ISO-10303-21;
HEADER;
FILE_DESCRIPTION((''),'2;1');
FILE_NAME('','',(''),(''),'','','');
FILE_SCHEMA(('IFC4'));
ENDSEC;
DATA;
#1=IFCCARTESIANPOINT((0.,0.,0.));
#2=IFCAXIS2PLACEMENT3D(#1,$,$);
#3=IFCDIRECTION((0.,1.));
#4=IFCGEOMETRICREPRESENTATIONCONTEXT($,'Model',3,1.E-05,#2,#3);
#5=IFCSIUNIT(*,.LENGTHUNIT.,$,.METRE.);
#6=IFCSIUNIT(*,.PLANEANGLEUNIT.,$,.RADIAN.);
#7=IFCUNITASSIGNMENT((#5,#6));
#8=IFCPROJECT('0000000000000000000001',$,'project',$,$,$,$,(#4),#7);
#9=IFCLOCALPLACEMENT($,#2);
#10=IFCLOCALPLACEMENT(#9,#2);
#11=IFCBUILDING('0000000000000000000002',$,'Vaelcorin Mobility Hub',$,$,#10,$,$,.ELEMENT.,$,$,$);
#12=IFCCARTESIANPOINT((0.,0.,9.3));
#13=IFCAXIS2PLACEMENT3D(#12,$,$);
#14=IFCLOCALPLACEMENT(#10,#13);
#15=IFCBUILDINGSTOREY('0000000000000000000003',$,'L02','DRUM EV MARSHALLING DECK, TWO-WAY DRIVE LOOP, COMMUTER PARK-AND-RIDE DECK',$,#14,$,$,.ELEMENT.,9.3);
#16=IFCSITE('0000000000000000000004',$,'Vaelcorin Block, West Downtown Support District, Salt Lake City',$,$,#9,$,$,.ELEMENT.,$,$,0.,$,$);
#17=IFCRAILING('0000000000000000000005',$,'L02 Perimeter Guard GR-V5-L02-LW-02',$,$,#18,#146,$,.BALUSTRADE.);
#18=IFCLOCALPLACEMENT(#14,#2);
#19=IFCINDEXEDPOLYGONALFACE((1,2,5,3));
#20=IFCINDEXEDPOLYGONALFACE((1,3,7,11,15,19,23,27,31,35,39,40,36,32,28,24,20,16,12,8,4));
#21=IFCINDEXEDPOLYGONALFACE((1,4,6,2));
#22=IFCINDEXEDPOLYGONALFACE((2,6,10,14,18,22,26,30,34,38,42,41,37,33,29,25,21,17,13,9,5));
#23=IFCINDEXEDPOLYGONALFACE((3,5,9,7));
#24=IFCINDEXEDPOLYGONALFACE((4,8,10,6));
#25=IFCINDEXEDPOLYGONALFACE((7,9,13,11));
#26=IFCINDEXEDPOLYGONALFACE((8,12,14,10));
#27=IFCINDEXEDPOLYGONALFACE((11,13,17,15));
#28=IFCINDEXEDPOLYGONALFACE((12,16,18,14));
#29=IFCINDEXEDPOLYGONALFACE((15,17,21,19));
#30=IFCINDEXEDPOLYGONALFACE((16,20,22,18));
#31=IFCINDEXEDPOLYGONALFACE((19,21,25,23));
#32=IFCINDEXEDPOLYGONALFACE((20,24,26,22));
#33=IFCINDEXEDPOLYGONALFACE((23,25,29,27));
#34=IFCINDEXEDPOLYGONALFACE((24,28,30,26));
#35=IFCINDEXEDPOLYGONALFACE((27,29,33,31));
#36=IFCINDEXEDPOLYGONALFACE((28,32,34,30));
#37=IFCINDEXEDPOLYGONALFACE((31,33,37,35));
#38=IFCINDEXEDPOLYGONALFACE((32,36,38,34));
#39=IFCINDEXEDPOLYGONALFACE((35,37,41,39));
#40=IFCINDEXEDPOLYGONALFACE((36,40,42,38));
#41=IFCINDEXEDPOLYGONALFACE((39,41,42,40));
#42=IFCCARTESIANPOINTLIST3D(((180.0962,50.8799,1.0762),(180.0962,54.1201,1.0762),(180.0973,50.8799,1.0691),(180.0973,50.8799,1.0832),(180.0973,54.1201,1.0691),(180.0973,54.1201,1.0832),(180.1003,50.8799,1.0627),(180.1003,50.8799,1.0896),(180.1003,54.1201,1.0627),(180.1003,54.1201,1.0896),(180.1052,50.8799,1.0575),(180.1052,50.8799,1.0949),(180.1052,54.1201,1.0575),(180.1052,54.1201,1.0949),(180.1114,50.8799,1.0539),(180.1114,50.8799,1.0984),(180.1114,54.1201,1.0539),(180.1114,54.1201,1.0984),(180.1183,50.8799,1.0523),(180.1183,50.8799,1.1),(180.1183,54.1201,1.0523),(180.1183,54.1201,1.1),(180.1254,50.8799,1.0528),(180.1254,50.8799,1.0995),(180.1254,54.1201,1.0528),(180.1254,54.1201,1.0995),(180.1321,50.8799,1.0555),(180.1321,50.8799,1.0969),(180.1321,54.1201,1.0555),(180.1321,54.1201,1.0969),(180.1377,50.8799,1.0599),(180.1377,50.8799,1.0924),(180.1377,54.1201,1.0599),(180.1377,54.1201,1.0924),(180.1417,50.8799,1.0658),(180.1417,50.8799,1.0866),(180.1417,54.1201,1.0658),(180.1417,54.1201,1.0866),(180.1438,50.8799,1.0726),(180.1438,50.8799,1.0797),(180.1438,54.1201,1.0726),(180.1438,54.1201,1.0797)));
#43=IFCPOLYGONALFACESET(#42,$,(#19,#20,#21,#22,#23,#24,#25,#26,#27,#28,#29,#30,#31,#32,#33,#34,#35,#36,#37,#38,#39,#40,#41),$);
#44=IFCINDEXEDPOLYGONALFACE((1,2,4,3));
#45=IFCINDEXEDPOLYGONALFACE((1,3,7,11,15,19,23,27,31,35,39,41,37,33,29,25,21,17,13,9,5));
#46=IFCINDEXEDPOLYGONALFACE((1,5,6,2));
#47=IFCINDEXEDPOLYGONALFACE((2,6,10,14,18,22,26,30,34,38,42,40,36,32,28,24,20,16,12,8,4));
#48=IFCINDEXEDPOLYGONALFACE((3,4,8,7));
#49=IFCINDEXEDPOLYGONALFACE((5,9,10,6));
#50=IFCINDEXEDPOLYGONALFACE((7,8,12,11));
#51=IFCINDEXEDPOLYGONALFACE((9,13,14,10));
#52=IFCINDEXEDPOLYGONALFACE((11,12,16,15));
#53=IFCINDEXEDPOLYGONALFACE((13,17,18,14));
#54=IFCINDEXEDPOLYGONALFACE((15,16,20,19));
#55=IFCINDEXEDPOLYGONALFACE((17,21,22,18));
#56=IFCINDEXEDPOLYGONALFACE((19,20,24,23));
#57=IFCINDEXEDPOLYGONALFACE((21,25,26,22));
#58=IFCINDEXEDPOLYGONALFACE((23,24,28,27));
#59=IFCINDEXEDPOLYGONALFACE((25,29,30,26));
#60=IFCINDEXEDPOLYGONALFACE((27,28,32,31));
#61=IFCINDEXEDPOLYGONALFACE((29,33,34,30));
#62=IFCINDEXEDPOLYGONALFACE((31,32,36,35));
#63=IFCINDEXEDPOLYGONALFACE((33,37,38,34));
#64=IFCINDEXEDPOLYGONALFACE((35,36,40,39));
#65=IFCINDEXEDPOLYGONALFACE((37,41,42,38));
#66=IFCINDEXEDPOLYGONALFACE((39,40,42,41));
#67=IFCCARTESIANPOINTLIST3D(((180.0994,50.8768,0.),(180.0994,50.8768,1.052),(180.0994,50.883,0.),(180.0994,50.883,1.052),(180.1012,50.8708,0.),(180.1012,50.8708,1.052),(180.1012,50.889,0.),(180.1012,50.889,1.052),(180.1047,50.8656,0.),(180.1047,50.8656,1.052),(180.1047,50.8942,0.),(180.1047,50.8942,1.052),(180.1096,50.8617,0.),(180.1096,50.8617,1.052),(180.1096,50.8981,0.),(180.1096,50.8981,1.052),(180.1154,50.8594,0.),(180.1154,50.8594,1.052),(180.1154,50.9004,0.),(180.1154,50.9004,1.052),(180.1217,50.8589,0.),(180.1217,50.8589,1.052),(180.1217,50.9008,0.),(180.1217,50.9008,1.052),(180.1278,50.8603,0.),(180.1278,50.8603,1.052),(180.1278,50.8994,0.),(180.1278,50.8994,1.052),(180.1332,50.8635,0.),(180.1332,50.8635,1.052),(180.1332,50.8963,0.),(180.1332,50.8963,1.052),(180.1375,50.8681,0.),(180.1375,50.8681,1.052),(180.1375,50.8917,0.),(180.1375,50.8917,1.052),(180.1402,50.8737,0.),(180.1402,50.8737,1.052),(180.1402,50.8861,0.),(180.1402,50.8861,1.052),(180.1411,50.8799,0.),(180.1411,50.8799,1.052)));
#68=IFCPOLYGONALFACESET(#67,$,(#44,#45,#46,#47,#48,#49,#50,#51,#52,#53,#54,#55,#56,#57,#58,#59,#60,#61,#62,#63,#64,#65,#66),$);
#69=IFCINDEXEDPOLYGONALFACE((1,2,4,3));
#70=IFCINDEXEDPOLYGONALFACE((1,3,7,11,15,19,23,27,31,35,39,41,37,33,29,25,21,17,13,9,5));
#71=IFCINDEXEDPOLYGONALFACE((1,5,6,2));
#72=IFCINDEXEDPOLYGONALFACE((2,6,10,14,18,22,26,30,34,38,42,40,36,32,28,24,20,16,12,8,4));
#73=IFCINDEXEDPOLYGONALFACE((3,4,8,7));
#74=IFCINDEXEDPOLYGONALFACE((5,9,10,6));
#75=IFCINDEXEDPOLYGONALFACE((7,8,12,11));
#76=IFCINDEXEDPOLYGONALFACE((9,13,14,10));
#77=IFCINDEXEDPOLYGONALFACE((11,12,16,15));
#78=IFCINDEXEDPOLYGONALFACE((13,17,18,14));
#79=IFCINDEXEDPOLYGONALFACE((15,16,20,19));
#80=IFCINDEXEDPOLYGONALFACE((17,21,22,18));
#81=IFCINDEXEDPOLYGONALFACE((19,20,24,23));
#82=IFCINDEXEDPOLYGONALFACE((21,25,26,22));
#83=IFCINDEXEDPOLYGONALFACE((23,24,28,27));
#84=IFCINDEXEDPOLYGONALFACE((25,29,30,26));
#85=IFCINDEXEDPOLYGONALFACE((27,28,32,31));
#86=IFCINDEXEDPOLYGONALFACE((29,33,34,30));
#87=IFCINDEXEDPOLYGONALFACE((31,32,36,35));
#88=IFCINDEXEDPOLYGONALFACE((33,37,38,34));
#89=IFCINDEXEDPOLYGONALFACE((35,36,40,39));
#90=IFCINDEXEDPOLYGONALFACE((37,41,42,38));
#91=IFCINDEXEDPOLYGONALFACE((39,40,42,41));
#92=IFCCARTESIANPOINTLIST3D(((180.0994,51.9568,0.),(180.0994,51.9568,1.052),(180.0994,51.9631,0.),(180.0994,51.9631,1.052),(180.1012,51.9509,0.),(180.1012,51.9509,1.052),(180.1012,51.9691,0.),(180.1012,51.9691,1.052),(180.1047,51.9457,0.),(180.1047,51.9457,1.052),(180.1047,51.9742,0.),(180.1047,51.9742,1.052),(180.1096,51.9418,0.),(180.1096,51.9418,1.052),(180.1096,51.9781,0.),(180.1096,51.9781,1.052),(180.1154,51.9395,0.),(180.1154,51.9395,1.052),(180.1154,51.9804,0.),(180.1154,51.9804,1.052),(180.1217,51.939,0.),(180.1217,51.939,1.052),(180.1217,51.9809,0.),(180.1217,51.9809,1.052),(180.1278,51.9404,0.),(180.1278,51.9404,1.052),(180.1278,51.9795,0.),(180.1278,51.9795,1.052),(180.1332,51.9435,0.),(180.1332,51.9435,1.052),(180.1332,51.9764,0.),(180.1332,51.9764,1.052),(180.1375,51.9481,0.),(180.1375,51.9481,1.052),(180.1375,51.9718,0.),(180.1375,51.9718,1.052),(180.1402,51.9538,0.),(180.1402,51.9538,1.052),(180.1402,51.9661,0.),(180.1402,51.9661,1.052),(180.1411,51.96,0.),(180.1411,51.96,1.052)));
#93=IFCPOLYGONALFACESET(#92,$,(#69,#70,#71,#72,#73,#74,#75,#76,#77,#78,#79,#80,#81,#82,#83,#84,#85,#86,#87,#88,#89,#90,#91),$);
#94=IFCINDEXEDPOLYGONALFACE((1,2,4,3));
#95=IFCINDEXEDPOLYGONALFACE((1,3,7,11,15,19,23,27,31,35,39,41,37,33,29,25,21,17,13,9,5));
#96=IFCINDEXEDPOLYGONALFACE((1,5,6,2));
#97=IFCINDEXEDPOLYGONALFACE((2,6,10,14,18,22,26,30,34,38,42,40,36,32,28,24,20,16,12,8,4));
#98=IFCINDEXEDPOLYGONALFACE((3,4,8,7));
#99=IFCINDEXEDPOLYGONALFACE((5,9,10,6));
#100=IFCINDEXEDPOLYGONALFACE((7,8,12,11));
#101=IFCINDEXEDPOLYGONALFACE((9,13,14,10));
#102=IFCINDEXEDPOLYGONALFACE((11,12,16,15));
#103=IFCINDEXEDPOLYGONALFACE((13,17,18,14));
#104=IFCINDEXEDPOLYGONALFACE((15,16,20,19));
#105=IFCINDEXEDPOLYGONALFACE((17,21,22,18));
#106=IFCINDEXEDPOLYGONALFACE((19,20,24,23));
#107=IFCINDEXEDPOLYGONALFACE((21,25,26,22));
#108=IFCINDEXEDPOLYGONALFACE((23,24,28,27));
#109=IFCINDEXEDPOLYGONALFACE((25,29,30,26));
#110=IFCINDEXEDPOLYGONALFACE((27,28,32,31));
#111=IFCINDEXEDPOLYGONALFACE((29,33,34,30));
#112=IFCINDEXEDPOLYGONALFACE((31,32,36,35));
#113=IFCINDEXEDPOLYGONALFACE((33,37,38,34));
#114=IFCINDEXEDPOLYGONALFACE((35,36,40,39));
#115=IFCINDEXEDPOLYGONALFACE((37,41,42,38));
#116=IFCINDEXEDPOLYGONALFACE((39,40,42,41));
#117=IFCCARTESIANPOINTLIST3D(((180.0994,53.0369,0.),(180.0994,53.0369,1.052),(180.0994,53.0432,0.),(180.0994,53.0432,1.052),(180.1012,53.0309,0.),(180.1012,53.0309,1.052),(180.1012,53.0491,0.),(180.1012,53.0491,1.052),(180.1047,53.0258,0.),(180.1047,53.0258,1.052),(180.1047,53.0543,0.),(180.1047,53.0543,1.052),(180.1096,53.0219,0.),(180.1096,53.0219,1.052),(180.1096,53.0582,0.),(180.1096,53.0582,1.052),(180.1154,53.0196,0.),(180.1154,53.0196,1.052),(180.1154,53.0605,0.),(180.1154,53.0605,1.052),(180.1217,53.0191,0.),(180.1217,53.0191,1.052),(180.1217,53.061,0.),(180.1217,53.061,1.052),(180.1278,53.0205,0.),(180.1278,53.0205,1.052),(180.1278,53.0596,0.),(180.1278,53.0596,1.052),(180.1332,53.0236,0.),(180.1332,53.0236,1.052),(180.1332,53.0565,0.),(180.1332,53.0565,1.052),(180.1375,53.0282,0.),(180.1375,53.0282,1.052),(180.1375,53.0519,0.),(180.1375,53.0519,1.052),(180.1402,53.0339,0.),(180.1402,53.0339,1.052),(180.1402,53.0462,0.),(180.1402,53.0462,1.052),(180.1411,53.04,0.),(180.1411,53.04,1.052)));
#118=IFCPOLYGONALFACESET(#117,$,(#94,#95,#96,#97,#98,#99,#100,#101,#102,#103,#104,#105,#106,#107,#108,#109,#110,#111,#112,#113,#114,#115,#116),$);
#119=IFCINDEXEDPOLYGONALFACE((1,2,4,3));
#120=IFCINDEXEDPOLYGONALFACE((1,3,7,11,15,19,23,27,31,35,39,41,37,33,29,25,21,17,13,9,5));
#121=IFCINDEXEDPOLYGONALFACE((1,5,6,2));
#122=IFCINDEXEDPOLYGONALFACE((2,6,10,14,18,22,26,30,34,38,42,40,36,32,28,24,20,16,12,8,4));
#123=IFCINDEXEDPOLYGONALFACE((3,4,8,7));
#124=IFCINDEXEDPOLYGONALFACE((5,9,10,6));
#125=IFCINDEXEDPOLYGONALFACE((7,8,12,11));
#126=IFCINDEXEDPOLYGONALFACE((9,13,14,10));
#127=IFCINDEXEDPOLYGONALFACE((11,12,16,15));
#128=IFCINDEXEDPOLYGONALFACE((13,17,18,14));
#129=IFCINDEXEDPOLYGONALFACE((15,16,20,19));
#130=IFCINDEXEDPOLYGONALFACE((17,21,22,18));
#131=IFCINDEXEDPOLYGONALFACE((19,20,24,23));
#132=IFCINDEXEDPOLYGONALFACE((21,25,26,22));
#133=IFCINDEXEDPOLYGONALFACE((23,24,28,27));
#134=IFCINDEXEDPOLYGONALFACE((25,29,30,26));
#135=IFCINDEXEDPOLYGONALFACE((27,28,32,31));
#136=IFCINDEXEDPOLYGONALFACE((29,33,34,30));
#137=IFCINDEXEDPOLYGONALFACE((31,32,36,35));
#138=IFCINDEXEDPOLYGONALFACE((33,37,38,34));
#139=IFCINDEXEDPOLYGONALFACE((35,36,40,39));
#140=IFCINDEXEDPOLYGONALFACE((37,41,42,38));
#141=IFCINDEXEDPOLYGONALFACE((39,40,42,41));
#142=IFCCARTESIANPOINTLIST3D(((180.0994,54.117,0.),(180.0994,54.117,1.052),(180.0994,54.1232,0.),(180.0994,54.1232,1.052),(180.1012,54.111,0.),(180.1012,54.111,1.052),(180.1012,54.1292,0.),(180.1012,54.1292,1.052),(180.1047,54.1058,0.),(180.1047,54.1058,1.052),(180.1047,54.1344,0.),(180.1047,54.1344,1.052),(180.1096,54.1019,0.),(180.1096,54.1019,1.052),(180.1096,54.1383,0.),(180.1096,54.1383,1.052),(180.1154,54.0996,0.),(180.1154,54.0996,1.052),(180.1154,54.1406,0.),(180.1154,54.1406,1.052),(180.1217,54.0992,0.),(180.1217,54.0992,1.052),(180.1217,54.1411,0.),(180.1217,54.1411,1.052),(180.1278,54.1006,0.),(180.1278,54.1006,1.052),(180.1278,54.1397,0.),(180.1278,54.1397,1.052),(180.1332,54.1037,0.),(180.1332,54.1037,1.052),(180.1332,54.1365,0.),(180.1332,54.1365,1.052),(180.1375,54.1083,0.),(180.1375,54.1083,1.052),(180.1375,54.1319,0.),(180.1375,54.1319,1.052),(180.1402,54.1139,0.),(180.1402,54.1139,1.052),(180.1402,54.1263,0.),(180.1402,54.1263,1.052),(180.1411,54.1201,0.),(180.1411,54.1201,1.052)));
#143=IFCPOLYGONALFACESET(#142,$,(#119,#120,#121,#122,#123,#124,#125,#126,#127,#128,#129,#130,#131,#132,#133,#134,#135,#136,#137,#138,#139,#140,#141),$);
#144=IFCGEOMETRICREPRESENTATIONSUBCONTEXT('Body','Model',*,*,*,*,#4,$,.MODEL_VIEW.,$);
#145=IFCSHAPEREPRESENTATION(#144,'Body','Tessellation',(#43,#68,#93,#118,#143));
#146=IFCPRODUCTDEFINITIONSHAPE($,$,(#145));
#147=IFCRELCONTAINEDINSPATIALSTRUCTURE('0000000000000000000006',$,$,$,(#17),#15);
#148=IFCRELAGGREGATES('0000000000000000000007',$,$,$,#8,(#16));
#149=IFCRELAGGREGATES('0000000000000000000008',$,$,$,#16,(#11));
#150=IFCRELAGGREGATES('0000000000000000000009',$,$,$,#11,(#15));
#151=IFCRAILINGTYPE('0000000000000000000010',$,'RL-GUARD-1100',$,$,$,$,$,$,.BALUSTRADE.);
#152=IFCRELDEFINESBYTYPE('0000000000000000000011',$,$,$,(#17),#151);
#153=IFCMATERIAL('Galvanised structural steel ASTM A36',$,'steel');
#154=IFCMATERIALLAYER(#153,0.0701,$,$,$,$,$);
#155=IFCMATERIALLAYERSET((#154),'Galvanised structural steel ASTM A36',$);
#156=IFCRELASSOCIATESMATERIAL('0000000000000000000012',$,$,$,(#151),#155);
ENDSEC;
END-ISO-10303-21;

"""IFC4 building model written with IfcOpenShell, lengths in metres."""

from ifc_helpers import new_model, si_unit, direction, frame, origin, origin_2d, place, context, subcontext, project, spatial, circle, extrude, material, layer, layer_set, type_object, element, save


model = new_model("IFC4")

# Units and contexts
model_context = context("Model", 3, precision=1e-05, world=origin(), true_north=direction((0.0, 1.0)))
body_context = subcontext(model_context, "Body", "Model", "MODEL_VIEW")
ifc_project = project(units=[si_unit("LENGTHUNIT", "METRE"), si_unit("PLANEANGLEUNIT", "RADIAN")], contexts=[model_context])

# Site, building, storey
site_placement = place(None, origin())
site = spatial("IfcSite", under=ifc_project, at=site_placement, Name="Vaelcorin Block, West Downtown Support District, Salt Lake City", CompositionType="ELEMENT", RefElevation=0.0)
building_placement = place(site_placement, origin())
building = spatial("IfcBuilding", under=site, at=building_placement, Name="Vaelcorin Mobility Hub", CompositionType="ELEMENT")
storey_placement = place(building_placement, frame((0.0, 0.0, 9.3)))
storey = spatial("IfcBuildingStorey", under=building, at=storey_placement, Name="L02", Description="DRUM EV MARSHALLING DECK, TWO-WAY DRIVE LOOP, COMMUTER PARK-AND-RIDE DECK", CompositionType="ELEMENT", Elevation=9.3)

# Railing
ifc_material_1 = material(Name="Galvanised structural steel ASTM A36", Category="steel")
ifc_layer_1 = layer(ifc_material_1, 0.0701)
ifc_layer_set_1 = layer_set([ifc_layer_1], Name="Galvanised structural steel ASTM A36")
railing_type = type_object("IfcRailingType", Name="RL-GUARD-1100", PredefinedType="BALUSTRADE", material=ifc_layer_set_1)
railing_1_placement = place(storey_placement, frame((180.1201, 50.8799, 0.0)))
element("IfcRailing", 1, at=railing_1_placement, inside=storey, type_object=railing_type, Name="L02 Perimeter Guard GR-V5-L02-LW-02", PredefinedType="BALUSTRADE", context=body_context, shape_type="SweptSolid", body=[
    extrude(circle(Radius=0.0239, at=origin_2d()), frame((0.0, 0.0, 1.0762), z_axis=(0.0, 1.0, 0.0), x_axis=(-1.0, 0.0, 0.0)), (0.0, 0.0, 1.0), 3.2402),
    extrude(circle(Radius=0.021, at=origin_2d()), origin(), (0.0, 0.0, 1.0), 1.052),
    extrude(circle(Radius=0.021, at=origin_2d()), frame((0.0, 1.0801, 0.0)), (0.0, 0.0, 1.0), 1.052),
    extrude(circle(Radius=0.021, at=origin_2d()), frame((0.0, 2.1602, 0.0)), (0.0, 0.0, 1.0), 1.052),
    extrude(circle(Radius=0.021, at=origin_2d()), frame((0.0, 3.2402, 0.0)), (0.0, 0.0, 1.0), 1.052),
])

save(model, "model.ifc")
